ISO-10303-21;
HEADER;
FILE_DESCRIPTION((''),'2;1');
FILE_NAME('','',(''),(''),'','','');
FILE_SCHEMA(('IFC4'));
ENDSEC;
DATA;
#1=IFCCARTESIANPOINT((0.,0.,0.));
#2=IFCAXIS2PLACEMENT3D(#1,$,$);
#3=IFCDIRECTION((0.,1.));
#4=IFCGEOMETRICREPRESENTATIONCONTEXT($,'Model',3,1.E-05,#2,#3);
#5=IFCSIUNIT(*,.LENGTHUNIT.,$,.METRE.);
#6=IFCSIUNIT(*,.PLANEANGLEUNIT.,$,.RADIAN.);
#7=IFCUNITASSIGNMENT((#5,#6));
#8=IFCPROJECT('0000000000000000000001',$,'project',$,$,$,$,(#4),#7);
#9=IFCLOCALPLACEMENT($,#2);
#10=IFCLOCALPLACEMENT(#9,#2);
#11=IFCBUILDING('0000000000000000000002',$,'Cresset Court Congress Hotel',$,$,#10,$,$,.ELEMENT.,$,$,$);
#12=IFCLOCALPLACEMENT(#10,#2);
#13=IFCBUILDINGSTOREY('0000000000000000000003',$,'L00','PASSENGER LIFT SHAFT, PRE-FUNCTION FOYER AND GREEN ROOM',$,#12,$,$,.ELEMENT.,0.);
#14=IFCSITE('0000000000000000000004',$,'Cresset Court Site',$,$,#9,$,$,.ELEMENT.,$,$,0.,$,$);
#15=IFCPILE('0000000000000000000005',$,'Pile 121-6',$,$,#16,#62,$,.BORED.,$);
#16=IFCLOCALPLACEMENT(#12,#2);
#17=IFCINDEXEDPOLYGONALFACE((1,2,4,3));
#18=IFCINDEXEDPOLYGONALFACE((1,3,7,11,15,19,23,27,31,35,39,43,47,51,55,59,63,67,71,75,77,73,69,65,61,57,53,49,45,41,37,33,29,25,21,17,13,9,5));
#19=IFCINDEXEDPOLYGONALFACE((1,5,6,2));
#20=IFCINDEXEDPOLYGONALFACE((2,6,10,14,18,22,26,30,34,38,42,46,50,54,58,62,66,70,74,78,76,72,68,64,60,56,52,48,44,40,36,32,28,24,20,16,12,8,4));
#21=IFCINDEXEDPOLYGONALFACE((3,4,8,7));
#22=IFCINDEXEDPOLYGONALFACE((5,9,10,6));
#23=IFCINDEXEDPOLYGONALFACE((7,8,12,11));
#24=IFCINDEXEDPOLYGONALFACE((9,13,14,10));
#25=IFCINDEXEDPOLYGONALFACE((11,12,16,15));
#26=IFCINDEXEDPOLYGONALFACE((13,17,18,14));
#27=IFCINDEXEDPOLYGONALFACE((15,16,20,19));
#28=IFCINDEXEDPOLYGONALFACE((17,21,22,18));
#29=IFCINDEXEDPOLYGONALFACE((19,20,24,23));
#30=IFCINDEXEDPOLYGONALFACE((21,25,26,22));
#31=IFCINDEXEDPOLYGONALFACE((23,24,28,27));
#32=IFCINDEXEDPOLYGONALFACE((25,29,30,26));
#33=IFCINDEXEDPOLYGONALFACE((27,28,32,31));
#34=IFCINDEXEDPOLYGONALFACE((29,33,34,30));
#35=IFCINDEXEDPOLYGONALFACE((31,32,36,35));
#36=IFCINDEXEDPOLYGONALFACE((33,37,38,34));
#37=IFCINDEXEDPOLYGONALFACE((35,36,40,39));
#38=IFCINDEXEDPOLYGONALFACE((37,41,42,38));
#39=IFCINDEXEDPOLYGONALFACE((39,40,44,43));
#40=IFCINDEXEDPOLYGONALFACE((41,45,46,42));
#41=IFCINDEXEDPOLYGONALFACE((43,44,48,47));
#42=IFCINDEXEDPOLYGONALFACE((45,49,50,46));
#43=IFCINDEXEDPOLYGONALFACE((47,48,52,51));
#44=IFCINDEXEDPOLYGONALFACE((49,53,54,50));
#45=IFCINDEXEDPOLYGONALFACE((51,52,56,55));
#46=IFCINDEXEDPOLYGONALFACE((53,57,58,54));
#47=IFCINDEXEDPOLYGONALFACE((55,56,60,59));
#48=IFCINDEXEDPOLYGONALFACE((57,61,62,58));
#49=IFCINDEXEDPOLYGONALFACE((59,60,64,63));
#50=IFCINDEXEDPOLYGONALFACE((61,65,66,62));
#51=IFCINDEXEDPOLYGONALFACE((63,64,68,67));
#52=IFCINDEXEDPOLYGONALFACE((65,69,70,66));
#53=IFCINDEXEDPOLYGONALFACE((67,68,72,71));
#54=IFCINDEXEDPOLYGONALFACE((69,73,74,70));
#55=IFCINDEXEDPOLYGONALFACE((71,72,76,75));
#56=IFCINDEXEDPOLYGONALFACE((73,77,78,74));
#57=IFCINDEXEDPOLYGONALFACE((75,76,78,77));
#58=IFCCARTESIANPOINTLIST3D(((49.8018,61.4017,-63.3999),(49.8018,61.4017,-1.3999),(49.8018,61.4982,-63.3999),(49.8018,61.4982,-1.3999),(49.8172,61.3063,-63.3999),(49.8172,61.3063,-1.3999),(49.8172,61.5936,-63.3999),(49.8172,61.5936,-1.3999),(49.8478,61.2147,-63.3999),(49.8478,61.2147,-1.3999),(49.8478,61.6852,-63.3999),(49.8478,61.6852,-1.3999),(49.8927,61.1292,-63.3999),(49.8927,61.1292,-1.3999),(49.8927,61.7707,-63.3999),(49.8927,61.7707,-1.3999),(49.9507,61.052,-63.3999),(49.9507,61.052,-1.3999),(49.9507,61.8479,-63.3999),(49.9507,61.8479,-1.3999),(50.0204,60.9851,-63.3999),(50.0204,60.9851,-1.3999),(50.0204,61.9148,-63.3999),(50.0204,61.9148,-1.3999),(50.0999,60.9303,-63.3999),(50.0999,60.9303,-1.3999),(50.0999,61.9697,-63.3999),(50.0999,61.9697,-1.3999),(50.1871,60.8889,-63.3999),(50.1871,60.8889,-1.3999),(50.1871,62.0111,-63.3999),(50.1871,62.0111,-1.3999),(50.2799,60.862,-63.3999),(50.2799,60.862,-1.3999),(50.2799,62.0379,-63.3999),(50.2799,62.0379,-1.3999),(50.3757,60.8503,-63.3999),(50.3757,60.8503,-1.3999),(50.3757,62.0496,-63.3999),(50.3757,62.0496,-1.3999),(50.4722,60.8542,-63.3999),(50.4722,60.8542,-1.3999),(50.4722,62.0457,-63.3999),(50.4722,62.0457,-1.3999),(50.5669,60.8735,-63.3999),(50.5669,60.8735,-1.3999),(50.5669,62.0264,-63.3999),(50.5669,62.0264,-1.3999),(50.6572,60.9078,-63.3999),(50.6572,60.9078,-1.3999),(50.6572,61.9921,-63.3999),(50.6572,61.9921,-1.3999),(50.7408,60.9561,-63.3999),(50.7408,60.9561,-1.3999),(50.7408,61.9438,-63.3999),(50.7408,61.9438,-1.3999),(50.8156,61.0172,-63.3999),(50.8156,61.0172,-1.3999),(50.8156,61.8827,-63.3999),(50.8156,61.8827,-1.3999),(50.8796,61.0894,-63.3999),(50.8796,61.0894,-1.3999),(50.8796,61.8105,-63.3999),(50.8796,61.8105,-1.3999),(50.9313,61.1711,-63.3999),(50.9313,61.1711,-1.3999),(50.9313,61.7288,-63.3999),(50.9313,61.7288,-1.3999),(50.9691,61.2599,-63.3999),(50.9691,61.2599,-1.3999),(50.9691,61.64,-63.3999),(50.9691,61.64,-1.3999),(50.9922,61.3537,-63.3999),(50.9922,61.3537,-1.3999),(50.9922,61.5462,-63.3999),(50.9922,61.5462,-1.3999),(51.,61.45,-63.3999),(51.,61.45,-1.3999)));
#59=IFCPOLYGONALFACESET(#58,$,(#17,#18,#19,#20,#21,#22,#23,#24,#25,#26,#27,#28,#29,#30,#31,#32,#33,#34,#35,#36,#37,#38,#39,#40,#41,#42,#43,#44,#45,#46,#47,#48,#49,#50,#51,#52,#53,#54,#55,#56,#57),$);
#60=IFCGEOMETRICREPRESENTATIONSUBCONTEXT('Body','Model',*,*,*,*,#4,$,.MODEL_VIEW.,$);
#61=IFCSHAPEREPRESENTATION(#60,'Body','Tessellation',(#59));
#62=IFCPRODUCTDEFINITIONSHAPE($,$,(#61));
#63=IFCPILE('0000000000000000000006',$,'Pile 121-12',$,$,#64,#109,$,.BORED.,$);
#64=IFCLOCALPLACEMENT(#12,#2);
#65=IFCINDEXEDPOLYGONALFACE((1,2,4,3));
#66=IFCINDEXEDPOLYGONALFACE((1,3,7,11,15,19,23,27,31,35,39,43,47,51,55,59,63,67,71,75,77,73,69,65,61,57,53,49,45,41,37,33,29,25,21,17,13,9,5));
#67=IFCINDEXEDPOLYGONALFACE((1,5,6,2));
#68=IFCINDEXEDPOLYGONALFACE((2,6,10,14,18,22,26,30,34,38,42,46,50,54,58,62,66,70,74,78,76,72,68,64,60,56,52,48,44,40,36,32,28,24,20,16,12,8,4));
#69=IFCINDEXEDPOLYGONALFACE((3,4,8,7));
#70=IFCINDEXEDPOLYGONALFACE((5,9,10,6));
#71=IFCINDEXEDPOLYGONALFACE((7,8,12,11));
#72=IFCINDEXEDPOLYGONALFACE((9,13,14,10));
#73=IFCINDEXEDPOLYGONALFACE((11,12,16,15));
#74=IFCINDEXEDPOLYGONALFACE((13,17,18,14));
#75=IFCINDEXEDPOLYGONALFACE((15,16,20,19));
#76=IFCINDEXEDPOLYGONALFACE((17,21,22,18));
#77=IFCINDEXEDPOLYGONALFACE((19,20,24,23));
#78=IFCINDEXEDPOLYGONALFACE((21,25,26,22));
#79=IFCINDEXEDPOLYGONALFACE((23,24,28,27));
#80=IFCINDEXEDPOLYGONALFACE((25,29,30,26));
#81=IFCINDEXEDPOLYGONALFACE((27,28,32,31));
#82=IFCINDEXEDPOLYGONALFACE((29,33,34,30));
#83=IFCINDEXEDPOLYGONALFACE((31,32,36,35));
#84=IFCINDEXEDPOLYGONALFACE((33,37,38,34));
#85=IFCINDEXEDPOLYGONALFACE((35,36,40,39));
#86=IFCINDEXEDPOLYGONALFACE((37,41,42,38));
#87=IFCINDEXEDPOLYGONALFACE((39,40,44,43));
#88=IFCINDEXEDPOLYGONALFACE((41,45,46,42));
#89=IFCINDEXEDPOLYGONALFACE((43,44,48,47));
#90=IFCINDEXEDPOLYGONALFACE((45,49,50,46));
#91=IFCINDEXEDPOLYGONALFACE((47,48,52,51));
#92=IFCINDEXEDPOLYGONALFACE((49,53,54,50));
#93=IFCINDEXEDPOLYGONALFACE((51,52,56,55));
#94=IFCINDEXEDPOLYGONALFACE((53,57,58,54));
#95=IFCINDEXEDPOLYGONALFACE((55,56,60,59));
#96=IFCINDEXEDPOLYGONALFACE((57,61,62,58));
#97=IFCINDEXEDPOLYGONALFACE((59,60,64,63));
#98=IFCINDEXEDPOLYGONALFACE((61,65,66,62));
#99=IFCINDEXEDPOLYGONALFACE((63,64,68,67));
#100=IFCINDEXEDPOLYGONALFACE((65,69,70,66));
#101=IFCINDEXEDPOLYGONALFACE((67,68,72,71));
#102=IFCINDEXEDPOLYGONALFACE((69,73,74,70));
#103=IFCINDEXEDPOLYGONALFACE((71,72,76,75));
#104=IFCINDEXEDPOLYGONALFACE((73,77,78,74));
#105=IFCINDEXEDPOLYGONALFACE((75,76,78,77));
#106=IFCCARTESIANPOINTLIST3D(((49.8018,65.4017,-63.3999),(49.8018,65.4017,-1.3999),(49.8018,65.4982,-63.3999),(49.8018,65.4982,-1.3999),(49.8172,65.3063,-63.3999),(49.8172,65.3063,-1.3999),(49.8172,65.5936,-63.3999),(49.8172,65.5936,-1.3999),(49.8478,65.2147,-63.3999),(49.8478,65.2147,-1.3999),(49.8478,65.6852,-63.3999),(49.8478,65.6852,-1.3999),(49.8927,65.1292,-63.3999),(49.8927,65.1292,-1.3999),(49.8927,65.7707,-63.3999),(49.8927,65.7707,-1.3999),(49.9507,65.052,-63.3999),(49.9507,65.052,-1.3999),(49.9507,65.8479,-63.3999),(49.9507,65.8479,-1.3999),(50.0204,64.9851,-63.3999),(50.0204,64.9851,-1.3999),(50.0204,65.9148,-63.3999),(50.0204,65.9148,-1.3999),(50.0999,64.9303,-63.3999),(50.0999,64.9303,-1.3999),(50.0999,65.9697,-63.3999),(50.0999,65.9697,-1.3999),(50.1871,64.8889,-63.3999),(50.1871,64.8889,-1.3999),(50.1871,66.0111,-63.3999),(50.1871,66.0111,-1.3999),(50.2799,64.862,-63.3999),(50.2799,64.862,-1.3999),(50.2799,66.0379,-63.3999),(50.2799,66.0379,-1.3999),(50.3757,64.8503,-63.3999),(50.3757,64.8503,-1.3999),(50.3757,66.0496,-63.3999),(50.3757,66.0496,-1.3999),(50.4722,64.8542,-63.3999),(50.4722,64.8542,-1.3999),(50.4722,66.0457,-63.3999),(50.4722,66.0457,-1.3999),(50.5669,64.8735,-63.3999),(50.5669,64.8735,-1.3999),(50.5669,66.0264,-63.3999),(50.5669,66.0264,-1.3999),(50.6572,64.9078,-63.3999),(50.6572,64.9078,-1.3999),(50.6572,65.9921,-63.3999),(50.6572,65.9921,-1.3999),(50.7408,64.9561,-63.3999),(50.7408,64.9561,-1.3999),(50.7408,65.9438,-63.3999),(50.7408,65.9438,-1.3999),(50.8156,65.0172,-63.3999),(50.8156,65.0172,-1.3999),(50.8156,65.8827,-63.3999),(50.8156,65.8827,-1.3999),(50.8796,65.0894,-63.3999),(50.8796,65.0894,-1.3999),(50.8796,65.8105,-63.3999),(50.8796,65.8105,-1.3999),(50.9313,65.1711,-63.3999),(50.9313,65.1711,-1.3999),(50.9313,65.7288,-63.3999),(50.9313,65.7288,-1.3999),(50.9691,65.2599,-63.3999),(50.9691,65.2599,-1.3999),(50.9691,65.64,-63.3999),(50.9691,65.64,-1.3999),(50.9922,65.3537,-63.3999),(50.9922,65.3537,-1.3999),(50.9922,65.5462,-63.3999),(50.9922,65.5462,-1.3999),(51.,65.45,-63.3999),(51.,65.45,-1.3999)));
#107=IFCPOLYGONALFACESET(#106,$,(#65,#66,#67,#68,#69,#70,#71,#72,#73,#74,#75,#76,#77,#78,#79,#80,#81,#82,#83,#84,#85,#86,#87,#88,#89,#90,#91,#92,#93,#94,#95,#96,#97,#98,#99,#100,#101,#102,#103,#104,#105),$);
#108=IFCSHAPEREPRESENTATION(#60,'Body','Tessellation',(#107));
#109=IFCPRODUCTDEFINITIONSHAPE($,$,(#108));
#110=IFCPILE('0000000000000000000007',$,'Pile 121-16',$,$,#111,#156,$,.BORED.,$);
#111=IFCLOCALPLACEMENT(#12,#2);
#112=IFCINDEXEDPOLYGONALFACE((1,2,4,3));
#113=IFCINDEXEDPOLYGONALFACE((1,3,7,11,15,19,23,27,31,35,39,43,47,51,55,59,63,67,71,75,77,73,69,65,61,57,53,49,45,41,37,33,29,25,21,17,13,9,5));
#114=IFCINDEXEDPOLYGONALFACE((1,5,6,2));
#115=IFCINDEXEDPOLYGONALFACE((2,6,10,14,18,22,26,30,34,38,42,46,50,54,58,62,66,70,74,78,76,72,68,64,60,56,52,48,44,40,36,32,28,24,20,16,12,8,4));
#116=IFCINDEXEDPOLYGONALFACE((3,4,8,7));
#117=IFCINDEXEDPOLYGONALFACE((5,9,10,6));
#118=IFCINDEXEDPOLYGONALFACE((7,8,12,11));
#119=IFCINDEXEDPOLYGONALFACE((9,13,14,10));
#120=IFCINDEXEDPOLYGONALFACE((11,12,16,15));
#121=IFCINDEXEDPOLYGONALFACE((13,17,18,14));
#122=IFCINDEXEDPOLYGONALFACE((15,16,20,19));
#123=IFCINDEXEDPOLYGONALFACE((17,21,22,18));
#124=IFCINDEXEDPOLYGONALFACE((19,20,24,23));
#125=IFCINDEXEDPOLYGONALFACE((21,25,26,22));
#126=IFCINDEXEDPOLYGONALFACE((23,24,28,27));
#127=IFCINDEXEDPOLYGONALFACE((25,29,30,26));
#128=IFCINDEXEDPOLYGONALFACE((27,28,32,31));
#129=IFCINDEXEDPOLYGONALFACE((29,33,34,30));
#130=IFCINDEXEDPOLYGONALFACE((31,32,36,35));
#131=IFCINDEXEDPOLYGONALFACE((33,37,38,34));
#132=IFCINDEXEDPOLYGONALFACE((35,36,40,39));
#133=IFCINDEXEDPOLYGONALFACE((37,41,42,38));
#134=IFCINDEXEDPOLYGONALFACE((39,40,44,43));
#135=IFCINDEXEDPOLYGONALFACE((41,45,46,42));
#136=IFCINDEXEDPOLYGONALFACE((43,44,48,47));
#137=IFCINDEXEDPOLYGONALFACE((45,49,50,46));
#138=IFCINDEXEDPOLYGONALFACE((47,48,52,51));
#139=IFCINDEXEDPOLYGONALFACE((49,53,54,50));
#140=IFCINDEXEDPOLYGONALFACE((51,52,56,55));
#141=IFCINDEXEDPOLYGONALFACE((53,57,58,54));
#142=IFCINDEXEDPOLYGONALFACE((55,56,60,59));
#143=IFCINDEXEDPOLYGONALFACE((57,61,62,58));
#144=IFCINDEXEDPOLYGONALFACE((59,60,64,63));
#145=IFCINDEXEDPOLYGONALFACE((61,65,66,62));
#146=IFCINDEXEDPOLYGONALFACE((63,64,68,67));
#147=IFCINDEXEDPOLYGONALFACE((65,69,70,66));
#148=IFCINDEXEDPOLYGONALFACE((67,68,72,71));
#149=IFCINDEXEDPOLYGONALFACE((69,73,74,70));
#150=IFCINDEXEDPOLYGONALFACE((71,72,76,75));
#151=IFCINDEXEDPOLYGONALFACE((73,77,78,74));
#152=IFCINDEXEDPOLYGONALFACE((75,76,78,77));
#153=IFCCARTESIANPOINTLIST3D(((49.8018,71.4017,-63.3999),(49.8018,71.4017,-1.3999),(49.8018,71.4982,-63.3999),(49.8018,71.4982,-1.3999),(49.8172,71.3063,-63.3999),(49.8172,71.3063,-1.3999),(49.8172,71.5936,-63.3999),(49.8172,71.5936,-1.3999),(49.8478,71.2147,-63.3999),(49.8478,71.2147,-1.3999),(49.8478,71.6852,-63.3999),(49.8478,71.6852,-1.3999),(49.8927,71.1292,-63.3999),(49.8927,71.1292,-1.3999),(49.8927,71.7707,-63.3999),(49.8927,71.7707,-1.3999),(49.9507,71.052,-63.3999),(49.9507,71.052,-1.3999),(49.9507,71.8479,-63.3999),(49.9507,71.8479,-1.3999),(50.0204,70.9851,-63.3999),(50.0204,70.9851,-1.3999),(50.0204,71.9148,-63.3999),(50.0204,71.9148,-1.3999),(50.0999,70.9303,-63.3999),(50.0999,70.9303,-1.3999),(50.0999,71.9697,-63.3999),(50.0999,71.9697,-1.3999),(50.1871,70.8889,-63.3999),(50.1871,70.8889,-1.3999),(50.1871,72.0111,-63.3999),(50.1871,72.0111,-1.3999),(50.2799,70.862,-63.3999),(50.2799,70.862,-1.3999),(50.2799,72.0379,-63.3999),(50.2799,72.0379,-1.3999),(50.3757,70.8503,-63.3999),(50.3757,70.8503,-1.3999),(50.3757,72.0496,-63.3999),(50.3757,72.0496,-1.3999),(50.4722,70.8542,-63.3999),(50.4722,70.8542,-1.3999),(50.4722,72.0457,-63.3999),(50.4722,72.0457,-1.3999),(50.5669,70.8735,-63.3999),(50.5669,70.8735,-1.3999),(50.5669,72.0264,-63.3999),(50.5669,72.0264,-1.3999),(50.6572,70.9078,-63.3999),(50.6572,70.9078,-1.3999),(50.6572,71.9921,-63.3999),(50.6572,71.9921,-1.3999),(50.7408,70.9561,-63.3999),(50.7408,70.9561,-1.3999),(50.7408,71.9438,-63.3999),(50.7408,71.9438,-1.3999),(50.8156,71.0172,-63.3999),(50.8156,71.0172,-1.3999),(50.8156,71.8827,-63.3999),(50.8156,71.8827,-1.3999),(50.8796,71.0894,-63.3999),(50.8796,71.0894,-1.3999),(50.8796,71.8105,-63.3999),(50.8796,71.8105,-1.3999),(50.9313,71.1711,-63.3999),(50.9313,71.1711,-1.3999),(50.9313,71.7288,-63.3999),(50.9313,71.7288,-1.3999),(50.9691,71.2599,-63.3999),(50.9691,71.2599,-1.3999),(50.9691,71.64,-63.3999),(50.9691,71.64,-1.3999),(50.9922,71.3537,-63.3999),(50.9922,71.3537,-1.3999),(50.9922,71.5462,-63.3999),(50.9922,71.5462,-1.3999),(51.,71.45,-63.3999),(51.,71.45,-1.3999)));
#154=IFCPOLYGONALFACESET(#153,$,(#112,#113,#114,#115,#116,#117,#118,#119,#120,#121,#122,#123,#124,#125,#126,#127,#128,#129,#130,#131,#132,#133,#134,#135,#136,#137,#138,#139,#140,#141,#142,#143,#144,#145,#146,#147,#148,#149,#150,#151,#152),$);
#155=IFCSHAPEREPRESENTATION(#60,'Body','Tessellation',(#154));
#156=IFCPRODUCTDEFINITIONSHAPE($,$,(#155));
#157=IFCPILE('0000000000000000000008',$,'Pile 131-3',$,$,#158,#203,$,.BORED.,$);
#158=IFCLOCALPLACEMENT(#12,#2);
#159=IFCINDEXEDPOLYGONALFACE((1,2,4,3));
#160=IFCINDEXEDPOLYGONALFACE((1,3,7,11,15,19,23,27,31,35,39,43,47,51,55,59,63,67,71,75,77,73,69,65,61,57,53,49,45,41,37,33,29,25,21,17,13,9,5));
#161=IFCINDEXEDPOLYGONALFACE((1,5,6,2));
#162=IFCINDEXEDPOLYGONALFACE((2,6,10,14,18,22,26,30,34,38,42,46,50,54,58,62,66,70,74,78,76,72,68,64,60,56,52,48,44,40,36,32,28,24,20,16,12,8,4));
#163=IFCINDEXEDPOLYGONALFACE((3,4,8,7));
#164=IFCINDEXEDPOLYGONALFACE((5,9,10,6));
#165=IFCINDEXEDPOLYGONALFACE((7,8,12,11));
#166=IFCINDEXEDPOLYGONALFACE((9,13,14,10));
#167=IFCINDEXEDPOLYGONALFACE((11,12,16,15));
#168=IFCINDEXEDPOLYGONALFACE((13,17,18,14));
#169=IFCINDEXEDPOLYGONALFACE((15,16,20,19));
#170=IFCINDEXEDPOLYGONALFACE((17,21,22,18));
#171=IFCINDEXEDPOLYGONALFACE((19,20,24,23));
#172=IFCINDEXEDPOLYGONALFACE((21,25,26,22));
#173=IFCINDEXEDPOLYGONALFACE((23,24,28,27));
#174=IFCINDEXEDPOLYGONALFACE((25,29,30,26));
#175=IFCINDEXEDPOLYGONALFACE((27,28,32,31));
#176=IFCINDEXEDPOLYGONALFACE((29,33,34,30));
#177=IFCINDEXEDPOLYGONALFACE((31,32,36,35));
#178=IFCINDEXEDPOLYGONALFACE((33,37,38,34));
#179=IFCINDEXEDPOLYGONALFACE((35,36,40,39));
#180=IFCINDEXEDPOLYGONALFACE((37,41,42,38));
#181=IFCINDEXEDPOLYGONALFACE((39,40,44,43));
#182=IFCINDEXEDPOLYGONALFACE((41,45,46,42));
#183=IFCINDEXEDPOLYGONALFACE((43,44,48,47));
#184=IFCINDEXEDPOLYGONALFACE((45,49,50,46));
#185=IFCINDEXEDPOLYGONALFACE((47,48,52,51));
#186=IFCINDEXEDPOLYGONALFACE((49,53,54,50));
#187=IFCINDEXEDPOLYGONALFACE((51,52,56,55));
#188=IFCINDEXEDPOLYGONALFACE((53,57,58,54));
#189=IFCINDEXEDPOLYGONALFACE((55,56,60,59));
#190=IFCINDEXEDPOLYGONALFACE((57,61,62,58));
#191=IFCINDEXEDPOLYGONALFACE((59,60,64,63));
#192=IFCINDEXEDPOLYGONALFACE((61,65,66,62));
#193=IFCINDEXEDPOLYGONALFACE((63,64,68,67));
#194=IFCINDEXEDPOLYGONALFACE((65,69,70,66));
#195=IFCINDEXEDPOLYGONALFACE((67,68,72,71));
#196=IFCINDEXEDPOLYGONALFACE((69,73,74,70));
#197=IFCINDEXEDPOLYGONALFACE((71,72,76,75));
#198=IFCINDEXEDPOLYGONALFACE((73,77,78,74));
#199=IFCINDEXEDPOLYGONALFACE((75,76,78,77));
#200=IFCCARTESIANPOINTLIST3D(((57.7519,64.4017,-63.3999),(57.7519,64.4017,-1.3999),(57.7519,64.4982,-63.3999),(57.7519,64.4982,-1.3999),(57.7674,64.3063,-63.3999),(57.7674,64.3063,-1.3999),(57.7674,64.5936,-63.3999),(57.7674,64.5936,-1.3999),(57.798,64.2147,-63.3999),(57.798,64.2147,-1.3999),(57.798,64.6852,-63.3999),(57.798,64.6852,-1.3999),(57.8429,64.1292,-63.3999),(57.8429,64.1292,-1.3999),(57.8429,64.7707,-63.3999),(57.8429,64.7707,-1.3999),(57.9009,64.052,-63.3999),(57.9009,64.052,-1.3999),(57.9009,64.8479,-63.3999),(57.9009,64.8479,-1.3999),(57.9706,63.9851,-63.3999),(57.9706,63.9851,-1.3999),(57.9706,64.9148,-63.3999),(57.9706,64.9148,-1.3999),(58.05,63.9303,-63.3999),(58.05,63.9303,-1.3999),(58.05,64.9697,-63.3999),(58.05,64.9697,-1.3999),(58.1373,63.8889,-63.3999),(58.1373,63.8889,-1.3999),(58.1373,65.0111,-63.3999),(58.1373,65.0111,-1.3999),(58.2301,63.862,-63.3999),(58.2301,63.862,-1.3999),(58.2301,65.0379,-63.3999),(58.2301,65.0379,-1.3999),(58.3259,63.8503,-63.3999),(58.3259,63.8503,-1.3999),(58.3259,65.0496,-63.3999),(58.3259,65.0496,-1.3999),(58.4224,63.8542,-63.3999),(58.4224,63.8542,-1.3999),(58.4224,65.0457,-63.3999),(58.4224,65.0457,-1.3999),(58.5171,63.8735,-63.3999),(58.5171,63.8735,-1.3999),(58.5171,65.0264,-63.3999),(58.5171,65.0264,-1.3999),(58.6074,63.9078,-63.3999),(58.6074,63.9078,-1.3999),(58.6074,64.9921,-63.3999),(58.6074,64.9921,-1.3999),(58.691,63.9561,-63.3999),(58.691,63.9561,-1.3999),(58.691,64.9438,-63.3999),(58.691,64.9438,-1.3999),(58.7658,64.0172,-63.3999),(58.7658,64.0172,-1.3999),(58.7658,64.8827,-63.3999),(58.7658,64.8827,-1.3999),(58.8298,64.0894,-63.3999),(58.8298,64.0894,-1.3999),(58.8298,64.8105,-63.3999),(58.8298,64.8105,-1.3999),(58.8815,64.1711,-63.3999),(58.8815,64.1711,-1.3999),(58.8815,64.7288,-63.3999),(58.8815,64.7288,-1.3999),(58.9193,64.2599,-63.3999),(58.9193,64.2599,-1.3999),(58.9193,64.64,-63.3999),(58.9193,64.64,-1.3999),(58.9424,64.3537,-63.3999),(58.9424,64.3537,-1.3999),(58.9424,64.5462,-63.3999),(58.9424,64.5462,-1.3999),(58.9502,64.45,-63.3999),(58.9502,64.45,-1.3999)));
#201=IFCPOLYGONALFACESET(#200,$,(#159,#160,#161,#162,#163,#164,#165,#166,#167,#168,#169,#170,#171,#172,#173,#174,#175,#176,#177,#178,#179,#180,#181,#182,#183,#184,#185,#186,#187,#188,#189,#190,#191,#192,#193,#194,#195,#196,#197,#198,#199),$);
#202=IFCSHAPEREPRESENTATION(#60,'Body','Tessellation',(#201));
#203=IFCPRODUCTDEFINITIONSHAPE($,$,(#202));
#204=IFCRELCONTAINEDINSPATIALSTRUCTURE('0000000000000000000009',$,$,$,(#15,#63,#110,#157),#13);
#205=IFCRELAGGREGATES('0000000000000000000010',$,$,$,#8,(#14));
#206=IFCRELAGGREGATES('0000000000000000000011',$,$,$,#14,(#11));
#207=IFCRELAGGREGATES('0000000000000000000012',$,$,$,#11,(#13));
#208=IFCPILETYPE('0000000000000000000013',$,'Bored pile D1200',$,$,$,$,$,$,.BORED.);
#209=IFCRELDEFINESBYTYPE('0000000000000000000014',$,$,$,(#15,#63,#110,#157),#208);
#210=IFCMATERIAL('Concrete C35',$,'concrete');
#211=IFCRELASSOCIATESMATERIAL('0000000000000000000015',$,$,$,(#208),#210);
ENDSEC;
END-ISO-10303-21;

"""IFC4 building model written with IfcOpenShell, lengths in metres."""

from ifc_helpers import new_model, si_unit, direction, frame, origin, origin_2d, place, context, subcontext, project, spatial, circle, extrude, material, type_object, element, save


model = new_model("IFC4")

# Units and contexts
model_context = context("Model", 3, precision=1e-05, world=origin(), true_north=direction((0.0, 1.0)))
body_context = subcontext(model_context, "Body", "Model", "MODEL_VIEW")
ifc_project = project(units=[si_unit("LENGTHUNIT", "METRE"), si_unit("PLANEANGLEUNIT", "RADIAN")], contexts=[model_context])

# Site, building, storey
site_placement = place(None, origin())
site = spatial("IfcSite", under=ifc_project, at=site_placement, Name="Cresset Court Site", CompositionType="ELEMENT", RefElevation=0.0)
building_placement = place(site_placement, origin())
building = spatial("IfcBuilding", under=site, at=building_placement, Name="Cresset Court Congress Hotel", CompositionType="ELEMENT")
storey_placement = place(building_placement, origin())
storey = spatial("IfcBuildingStorey", under=building, at=storey_placement, Name="L00", Description="PASSENGER LIFT SHAFT, PRE-FUNCTION FOYER AND GREEN ROOM", CompositionType="ELEMENT", Elevation=0.0)

# Piles
ifc_material_1 = material(Name="Concrete C35", Category="concrete")
pile_type = type_object("IfcPileType", Name="Bored pile D1200", PredefinedType="BORED", material=ifc_material_1)
for number, where, z_axis, x_axis, name in (
    (1, (50.3999, 61.45, -1.3999), (0.0, 0.0, -1.0), (1.0, 0.0, 0.0), "Pile 121-6"),
    (2, (50.3999, 65.45, -1.3999), (0.0, 0.0, -1.0), (1.0, 0.0, 0.0), "Pile 121-12"),
    (3, (50.3999, 71.45, -1.3999), (0.0, 0.0, -1.0), (1.0, 0.0, 0.0), "Pile 121-16"),
    (4, (58.3501, 64.45, -1.3999), (0.0, 0.0, -1.0), (1.0, 0.0, 0.0), "Pile 131-3"),
):
    element("IfcPile", number, at=place(storey_placement, frame(where, z_axis=z_axis, x_axis=x_axis)), inside=storey, type_object=pile_type, Name=name, PredefinedType="BORED", context=body_context, shape_type="SweptSolid", body=[
        extrude(circle(Radius=0.6001, at=origin_2d()), origin(), (0.0, 0.0, 1.0), 62.0),
    ])

save(model, "model.ifc")
